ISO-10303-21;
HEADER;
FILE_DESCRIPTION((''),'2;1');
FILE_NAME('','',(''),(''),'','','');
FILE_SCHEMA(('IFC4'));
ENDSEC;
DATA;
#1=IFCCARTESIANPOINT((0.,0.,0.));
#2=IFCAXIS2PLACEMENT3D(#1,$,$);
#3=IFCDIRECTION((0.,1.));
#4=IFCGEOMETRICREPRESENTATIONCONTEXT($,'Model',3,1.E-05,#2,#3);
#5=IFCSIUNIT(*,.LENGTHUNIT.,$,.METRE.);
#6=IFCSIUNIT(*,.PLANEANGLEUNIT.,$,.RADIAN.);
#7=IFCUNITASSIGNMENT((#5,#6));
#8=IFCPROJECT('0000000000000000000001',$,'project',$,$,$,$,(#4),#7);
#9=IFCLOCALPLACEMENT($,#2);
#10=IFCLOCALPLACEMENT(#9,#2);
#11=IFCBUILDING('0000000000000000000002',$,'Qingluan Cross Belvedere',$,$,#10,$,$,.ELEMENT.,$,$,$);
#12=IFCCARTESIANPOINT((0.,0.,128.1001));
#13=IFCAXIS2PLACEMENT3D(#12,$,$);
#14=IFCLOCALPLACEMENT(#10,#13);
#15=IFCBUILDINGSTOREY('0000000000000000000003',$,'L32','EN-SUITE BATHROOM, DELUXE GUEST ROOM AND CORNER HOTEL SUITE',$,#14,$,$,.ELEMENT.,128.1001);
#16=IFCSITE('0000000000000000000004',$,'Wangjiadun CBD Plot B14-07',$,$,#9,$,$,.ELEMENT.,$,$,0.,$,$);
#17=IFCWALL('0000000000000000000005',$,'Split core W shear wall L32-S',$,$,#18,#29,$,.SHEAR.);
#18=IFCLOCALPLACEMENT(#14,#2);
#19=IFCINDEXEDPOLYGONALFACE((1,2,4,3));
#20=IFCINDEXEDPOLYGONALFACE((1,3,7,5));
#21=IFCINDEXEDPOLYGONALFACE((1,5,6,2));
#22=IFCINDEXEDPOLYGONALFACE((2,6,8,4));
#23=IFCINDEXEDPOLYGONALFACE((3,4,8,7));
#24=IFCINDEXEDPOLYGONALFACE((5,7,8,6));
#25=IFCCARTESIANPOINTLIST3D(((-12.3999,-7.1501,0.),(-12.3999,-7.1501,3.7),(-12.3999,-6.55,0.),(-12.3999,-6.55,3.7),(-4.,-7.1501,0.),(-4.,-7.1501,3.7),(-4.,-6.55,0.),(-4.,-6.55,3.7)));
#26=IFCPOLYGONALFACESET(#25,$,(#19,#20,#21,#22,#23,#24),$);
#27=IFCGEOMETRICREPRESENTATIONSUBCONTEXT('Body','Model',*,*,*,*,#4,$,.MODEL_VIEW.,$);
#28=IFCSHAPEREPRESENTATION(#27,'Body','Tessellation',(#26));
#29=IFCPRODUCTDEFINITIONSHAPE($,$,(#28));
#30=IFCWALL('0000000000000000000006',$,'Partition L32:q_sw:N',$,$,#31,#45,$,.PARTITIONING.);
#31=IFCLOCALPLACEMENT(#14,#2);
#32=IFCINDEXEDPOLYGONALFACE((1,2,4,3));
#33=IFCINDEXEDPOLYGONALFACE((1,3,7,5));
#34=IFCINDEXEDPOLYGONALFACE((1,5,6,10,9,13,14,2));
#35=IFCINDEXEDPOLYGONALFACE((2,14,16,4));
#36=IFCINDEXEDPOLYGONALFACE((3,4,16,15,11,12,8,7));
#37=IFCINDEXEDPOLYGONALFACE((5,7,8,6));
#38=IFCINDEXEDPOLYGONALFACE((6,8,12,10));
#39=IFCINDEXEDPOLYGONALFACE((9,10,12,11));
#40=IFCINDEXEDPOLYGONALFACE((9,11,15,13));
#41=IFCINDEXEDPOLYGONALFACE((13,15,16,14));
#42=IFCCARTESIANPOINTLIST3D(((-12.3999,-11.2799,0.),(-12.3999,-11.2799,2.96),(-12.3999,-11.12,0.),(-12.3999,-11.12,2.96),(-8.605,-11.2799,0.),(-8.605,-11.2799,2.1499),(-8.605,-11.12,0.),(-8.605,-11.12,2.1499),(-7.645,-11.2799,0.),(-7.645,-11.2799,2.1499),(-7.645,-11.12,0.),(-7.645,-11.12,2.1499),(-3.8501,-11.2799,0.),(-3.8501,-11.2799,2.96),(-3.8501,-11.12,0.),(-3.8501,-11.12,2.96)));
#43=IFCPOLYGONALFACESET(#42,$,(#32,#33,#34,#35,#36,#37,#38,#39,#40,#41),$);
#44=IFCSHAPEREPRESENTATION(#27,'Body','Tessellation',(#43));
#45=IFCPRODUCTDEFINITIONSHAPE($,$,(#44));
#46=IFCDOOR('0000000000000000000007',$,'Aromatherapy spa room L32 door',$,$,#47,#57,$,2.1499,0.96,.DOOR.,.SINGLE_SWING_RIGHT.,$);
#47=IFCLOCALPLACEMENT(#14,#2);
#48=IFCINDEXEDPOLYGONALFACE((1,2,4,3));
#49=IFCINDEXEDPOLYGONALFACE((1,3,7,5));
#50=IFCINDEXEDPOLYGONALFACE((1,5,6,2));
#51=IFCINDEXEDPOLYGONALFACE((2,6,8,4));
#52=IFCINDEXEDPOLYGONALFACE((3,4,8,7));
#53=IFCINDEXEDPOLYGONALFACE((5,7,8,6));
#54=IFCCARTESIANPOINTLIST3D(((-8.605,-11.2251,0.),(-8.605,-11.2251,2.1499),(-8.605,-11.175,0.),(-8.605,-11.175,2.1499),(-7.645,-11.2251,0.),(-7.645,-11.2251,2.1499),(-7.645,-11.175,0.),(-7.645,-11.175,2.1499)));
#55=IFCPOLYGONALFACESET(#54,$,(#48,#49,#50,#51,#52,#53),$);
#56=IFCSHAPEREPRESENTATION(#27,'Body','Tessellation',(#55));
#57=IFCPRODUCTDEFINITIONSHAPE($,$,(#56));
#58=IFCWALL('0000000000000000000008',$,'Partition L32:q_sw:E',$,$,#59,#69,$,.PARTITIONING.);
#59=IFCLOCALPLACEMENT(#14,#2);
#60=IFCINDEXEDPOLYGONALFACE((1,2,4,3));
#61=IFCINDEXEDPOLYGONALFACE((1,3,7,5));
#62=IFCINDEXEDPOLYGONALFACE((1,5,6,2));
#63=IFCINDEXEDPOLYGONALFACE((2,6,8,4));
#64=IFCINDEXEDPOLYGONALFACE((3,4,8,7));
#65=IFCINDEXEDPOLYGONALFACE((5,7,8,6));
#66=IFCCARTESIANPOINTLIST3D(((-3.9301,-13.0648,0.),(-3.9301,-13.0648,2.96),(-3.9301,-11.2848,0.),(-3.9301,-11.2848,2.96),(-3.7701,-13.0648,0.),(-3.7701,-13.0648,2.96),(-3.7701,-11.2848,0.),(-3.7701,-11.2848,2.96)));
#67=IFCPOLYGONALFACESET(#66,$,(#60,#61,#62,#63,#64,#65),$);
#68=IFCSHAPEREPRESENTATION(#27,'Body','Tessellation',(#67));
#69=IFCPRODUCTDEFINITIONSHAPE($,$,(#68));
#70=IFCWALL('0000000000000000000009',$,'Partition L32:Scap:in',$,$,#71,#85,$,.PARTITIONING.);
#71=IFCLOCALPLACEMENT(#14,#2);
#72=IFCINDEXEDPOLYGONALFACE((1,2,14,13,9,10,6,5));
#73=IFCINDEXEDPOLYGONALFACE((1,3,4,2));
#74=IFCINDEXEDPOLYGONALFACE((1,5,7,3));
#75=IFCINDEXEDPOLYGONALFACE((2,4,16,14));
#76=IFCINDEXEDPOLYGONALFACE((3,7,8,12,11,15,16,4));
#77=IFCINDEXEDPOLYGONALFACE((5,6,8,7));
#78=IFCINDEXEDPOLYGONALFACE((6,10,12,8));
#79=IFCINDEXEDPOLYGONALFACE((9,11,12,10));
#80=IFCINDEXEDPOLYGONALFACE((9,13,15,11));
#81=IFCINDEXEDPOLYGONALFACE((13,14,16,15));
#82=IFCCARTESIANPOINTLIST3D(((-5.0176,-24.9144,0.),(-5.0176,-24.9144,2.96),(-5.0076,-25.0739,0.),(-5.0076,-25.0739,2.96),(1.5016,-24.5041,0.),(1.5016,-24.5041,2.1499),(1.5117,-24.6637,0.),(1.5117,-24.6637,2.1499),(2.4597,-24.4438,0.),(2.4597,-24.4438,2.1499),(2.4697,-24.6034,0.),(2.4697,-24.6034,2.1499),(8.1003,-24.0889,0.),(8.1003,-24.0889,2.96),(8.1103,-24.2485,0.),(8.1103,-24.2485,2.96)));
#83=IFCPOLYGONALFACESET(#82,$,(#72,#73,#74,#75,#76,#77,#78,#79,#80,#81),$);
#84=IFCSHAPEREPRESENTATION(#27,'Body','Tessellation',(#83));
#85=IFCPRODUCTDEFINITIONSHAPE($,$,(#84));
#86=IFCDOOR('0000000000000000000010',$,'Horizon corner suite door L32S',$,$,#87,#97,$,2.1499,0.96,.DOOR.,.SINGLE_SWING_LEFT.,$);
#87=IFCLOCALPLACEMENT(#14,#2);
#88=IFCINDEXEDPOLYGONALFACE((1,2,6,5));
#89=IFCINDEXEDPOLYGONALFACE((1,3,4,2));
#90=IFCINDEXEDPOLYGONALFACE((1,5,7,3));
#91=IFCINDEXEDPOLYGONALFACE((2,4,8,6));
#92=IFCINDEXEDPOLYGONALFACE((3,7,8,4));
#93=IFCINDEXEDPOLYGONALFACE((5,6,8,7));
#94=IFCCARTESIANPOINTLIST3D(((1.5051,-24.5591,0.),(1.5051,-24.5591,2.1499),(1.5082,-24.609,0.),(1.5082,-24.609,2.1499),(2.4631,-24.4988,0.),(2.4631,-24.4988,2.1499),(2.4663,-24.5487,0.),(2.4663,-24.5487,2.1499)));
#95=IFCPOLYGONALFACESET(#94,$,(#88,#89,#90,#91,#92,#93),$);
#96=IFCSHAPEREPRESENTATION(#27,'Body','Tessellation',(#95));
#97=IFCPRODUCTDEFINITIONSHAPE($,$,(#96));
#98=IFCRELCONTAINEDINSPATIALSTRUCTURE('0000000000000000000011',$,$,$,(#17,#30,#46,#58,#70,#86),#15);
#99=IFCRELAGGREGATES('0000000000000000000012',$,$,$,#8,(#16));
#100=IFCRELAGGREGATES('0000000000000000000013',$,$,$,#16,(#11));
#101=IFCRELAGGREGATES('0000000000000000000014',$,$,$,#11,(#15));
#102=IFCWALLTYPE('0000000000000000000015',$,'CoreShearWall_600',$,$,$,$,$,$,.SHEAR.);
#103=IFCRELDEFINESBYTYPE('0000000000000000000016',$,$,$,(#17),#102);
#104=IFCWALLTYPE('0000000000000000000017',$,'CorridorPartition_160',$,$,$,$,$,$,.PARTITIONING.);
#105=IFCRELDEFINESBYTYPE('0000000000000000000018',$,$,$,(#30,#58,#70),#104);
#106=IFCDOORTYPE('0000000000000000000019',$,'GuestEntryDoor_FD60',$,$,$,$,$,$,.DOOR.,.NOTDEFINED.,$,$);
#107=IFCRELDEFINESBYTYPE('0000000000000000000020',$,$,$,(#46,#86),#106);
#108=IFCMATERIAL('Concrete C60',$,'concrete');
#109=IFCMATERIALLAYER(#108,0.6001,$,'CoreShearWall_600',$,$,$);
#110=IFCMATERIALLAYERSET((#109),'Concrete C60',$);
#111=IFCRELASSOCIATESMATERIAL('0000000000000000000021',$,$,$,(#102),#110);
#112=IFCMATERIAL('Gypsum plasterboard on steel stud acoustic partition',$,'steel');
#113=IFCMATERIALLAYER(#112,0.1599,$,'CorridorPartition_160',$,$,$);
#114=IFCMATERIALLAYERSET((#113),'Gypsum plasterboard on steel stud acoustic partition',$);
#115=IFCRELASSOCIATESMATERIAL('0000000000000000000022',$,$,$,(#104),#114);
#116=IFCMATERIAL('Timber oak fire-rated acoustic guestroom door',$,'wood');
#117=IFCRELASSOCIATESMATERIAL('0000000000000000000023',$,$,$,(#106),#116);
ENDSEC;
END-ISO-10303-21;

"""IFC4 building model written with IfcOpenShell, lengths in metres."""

from ifc_helpers import new_model, si_unit, direction, frame, frame_2d, origin, place, context, subcontext, project, spatial, rectangle, extrude, material, layer, layer_set, type_object, element, fill, save


model = new_model("IFC4")

# Units and contexts
model_context = context("Model", 3, precision=1e-05, world=origin(), true_north=direction((0.0, 1.0)))
body_context = subcontext(model_context, "Body", "Model", "MODEL_VIEW")
ifc_project = project(units=[si_unit("LENGTHUNIT", "METRE"), si_unit("PLANEANGLEUNIT", "RADIAN")], contexts=[model_context])

# Site, building, storey
site_placement = place(None, origin())
site = spatial("IfcSite", under=ifc_project, at=site_placement, Name="Wangjiadun CBD Plot B14-07", CompositionType="ELEMENT", RefElevation=0.0)
building_placement = place(site_placement, origin())
building = spatial("IfcBuilding", under=site, at=building_placement, Name="Qingluan Cross Belvedere", CompositionType="ELEMENT")
storey_placement = place(building_placement, frame((0.0, 0.0, 128.1001)))
storey = spatial("IfcBuildingStorey", under=building, at=storey_placement, Name="L32", Description="EN-SUITE BATHROOM, DELUXE GUEST ROOM AND CORNER HOTEL SUITE", CompositionType="ELEMENT", Elevation=128.1001)

# Wall
ifc_material_1 = material(Name="Concrete C60", Category="concrete")
ifc_layer_1 = layer(ifc_material_1, 0.6001, Name="CoreShearWall_600")
ifc_layer_set_1 = layer_set([ifc_layer_1], Name="Concrete C60")
wall_type_1 = type_object("IfcWallType", Name="CoreShearWall_600", PredefinedType="SHEAR", material=ifc_layer_set_1)
wall_1_placement = place(storey_placement, frame((-12.3999, -6.8501, 0.0), z_axis=(0.0, 0.0, 1.0), x_axis=(1.0, 0.0, 0.0)))
element("IfcWall", 1, at=wall_1_placement, inside=storey, type_object=wall_type_1, Name="Split core W shear wall L32-S", PredefinedType="SHEAR", context=body_context, shape_type="SweptSolid", body=[
    extrude(rectangle(XDim=8.3999, YDim=0.6001, at=frame_2d((4.2, 0.0))), origin(), (0.0, 0.0, 1.0), 3.7),
])

# Wall, opening, door
ifc_material_2 = material(Name="Gypsum plasterboard on steel stud acoustic partition", Category="steel")
ifc_layer_2 = layer(ifc_material_2, 0.1599, Name="CorridorPartition_160")
ifc_layer_set_2 = layer_set([ifc_layer_2], Name="Gypsum plasterboard on steel stud acoustic partition")
wall_type_2 = type_object("IfcWallType", Name="CorridorPartition_160", PredefinedType="PARTITIONING", material=ifc_layer_set_2)
wall_2_placement = place(storey_placement, frame((-12.3999, -11.2, 0.0), z_axis=(0.0, 0.0, 1.0), x_axis=(1.0, 0.0, 0.0)))
wall_2 = element("IfcWall", 2, at=wall_2_placement, inside=storey, type_object=wall_type_2, Name="Partition L32:q_sw:N", PredefinedType="PARTITIONING", context=body_context, shape_type="SweptSolid", body=[
    extrude(rectangle(XDim=8.5498, YDim=0.1599, at=frame_2d((4.2749, 0.0))), origin(), (0.0, 0.0, 1.0), 2.96),
])
opening_1_placement = place(wall_2_placement, frame((3.7949, 0.0, 0.0)))
opening_1 = element("IfcOpeningElement", 3, at=opening_1_placement, cuts=wall_2, PredefinedType="OPENING", context=body_context, shape_type="SweptSolid", body=[
    extrude(rectangle(XDim=0.96, YDim=2.1499, at=frame_2d((0.48, 1.075))), frame((0.0, 0.0898, 0.0), z_axis=(0.0, -1.0, 0.0), x_axis=(1.0, 0.0, 0.0)), (0.0, 0.0, 1.0), 0.1799),
])
ifc_material_3 = material(Name="Timber oak fire-rated acoustic guestroom door", Category="wood")
door_type = type_object("IfcDoorType", Name="GuestEntryDoor_FD60", OperationType="NOTDEFINED", PredefinedType="DOOR", material=ifc_material_3)
door_1_placement = place(opening_1_placement, origin())
door_1 = element("IfcDoor", 4, at=door_1_placement, inside=storey, type_object=door_type, Name="Aromatherapy spa room L32 door", OperationType="SINGLE_SWING_RIGHT", OverallHeight=2.1499, OverallWidth=0.96, PredefinedType="DOOR", context=body_context, shape_type="SweptSolid", body=[
    extrude(rectangle(XDim=0.96, YDim=2.1499, at=frame_2d((0.48, 1.075))), frame((0.0, 0.0249, 0.0), z_axis=(0.0, -1.0, 0.0), x_axis=(1.0, 0.0, 0.0)), (0.0, 0.0, 1.0), 0.05),
])
fill(opening_1, door_1)

# Wall
wall_3_placement = place(storey_placement, frame((-3.8501, -13.0649, 0.0), z_axis=(0.0, 0.0, 1.0), x_axis=(0.0, 1.0, 0.0)))
element("IfcWall", 5, at=wall_3_placement, inside=storey, type_object=wall_type_2, Name="Partition L32:q_sw:E", PredefinedType="PARTITIONING", context=body_context, shape_type="SweptSolid", body=[
    extrude(rectangle(XDim=1.78, YDim=0.1599, at=frame_2d((0.8901, 0.0))), origin(), (0.0, 0.0, 1.0), 2.96),
])

# Wall, opening, door
wall_4_placement = place(storey_placement, frame((-5.0125, -24.9941, 0.0), z_axis=(0.0, 0.0, 1.0), x_axis=(0.998026, 0.0628, 0.0)))
wall_4 = element("IfcWall", 6, at=wall_4_placement, inside=storey, type_object=wall_type_2, Name="Partition L32:Scap:in", PredefinedType="PARTITIONING", context=body_context, shape_type="SweptSolid", body=[
    extrude(rectangle(XDim=13.1438, YDim=0.1599, at=frame_2d((6.5718, 0.0))), origin(), (0.0, 0.0, 1.0), 2.96),
])
opening_2_placement = place(wall_4_placement, frame((6.532, 0.0, 0.0)))
opening_2 = element("IfcOpeningElement", 7, at=opening_2_placement, cuts=wall_4, PredefinedType="OPENING", context=body_context, shape_type="SweptSolid", body=[
    extrude(rectangle(XDim=0.96, YDim=2.1499, at=frame_2d((0.48, 1.075))), frame((0.0, 0.0898, 0.0), z_axis=(0.0, -1.0, 0.0), x_axis=(1.0, 0.0, 0.0)), (0.0, 0.0, 1.0), 0.1799),
])
door_2_placement = place(opening_2_placement, origin())
door_2 = element("IfcDoor", 8, at=door_2_placement, inside=storey, type_object=door_type, Name="Horizon corner suite door L32S", OperationType="SINGLE_SWING_LEFT", OverallHeight=2.1499, OverallWidth=0.96, PredefinedType="DOOR", context=body_context, shape_type="SweptSolid", body=[
    extrude(rectangle(XDim=0.96, YDim=2.1499, at=frame_2d((0.48, 1.075))), frame((0.0, 0.0249, 0.0), z_axis=(0.0, -1.0, 0.0), x_axis=(1.0, 0.0, 0.0)), (0.0, 0.0, 1.0), 0.05),
])
fill(opening_2, door_2)

save(model, "model.ifc")
